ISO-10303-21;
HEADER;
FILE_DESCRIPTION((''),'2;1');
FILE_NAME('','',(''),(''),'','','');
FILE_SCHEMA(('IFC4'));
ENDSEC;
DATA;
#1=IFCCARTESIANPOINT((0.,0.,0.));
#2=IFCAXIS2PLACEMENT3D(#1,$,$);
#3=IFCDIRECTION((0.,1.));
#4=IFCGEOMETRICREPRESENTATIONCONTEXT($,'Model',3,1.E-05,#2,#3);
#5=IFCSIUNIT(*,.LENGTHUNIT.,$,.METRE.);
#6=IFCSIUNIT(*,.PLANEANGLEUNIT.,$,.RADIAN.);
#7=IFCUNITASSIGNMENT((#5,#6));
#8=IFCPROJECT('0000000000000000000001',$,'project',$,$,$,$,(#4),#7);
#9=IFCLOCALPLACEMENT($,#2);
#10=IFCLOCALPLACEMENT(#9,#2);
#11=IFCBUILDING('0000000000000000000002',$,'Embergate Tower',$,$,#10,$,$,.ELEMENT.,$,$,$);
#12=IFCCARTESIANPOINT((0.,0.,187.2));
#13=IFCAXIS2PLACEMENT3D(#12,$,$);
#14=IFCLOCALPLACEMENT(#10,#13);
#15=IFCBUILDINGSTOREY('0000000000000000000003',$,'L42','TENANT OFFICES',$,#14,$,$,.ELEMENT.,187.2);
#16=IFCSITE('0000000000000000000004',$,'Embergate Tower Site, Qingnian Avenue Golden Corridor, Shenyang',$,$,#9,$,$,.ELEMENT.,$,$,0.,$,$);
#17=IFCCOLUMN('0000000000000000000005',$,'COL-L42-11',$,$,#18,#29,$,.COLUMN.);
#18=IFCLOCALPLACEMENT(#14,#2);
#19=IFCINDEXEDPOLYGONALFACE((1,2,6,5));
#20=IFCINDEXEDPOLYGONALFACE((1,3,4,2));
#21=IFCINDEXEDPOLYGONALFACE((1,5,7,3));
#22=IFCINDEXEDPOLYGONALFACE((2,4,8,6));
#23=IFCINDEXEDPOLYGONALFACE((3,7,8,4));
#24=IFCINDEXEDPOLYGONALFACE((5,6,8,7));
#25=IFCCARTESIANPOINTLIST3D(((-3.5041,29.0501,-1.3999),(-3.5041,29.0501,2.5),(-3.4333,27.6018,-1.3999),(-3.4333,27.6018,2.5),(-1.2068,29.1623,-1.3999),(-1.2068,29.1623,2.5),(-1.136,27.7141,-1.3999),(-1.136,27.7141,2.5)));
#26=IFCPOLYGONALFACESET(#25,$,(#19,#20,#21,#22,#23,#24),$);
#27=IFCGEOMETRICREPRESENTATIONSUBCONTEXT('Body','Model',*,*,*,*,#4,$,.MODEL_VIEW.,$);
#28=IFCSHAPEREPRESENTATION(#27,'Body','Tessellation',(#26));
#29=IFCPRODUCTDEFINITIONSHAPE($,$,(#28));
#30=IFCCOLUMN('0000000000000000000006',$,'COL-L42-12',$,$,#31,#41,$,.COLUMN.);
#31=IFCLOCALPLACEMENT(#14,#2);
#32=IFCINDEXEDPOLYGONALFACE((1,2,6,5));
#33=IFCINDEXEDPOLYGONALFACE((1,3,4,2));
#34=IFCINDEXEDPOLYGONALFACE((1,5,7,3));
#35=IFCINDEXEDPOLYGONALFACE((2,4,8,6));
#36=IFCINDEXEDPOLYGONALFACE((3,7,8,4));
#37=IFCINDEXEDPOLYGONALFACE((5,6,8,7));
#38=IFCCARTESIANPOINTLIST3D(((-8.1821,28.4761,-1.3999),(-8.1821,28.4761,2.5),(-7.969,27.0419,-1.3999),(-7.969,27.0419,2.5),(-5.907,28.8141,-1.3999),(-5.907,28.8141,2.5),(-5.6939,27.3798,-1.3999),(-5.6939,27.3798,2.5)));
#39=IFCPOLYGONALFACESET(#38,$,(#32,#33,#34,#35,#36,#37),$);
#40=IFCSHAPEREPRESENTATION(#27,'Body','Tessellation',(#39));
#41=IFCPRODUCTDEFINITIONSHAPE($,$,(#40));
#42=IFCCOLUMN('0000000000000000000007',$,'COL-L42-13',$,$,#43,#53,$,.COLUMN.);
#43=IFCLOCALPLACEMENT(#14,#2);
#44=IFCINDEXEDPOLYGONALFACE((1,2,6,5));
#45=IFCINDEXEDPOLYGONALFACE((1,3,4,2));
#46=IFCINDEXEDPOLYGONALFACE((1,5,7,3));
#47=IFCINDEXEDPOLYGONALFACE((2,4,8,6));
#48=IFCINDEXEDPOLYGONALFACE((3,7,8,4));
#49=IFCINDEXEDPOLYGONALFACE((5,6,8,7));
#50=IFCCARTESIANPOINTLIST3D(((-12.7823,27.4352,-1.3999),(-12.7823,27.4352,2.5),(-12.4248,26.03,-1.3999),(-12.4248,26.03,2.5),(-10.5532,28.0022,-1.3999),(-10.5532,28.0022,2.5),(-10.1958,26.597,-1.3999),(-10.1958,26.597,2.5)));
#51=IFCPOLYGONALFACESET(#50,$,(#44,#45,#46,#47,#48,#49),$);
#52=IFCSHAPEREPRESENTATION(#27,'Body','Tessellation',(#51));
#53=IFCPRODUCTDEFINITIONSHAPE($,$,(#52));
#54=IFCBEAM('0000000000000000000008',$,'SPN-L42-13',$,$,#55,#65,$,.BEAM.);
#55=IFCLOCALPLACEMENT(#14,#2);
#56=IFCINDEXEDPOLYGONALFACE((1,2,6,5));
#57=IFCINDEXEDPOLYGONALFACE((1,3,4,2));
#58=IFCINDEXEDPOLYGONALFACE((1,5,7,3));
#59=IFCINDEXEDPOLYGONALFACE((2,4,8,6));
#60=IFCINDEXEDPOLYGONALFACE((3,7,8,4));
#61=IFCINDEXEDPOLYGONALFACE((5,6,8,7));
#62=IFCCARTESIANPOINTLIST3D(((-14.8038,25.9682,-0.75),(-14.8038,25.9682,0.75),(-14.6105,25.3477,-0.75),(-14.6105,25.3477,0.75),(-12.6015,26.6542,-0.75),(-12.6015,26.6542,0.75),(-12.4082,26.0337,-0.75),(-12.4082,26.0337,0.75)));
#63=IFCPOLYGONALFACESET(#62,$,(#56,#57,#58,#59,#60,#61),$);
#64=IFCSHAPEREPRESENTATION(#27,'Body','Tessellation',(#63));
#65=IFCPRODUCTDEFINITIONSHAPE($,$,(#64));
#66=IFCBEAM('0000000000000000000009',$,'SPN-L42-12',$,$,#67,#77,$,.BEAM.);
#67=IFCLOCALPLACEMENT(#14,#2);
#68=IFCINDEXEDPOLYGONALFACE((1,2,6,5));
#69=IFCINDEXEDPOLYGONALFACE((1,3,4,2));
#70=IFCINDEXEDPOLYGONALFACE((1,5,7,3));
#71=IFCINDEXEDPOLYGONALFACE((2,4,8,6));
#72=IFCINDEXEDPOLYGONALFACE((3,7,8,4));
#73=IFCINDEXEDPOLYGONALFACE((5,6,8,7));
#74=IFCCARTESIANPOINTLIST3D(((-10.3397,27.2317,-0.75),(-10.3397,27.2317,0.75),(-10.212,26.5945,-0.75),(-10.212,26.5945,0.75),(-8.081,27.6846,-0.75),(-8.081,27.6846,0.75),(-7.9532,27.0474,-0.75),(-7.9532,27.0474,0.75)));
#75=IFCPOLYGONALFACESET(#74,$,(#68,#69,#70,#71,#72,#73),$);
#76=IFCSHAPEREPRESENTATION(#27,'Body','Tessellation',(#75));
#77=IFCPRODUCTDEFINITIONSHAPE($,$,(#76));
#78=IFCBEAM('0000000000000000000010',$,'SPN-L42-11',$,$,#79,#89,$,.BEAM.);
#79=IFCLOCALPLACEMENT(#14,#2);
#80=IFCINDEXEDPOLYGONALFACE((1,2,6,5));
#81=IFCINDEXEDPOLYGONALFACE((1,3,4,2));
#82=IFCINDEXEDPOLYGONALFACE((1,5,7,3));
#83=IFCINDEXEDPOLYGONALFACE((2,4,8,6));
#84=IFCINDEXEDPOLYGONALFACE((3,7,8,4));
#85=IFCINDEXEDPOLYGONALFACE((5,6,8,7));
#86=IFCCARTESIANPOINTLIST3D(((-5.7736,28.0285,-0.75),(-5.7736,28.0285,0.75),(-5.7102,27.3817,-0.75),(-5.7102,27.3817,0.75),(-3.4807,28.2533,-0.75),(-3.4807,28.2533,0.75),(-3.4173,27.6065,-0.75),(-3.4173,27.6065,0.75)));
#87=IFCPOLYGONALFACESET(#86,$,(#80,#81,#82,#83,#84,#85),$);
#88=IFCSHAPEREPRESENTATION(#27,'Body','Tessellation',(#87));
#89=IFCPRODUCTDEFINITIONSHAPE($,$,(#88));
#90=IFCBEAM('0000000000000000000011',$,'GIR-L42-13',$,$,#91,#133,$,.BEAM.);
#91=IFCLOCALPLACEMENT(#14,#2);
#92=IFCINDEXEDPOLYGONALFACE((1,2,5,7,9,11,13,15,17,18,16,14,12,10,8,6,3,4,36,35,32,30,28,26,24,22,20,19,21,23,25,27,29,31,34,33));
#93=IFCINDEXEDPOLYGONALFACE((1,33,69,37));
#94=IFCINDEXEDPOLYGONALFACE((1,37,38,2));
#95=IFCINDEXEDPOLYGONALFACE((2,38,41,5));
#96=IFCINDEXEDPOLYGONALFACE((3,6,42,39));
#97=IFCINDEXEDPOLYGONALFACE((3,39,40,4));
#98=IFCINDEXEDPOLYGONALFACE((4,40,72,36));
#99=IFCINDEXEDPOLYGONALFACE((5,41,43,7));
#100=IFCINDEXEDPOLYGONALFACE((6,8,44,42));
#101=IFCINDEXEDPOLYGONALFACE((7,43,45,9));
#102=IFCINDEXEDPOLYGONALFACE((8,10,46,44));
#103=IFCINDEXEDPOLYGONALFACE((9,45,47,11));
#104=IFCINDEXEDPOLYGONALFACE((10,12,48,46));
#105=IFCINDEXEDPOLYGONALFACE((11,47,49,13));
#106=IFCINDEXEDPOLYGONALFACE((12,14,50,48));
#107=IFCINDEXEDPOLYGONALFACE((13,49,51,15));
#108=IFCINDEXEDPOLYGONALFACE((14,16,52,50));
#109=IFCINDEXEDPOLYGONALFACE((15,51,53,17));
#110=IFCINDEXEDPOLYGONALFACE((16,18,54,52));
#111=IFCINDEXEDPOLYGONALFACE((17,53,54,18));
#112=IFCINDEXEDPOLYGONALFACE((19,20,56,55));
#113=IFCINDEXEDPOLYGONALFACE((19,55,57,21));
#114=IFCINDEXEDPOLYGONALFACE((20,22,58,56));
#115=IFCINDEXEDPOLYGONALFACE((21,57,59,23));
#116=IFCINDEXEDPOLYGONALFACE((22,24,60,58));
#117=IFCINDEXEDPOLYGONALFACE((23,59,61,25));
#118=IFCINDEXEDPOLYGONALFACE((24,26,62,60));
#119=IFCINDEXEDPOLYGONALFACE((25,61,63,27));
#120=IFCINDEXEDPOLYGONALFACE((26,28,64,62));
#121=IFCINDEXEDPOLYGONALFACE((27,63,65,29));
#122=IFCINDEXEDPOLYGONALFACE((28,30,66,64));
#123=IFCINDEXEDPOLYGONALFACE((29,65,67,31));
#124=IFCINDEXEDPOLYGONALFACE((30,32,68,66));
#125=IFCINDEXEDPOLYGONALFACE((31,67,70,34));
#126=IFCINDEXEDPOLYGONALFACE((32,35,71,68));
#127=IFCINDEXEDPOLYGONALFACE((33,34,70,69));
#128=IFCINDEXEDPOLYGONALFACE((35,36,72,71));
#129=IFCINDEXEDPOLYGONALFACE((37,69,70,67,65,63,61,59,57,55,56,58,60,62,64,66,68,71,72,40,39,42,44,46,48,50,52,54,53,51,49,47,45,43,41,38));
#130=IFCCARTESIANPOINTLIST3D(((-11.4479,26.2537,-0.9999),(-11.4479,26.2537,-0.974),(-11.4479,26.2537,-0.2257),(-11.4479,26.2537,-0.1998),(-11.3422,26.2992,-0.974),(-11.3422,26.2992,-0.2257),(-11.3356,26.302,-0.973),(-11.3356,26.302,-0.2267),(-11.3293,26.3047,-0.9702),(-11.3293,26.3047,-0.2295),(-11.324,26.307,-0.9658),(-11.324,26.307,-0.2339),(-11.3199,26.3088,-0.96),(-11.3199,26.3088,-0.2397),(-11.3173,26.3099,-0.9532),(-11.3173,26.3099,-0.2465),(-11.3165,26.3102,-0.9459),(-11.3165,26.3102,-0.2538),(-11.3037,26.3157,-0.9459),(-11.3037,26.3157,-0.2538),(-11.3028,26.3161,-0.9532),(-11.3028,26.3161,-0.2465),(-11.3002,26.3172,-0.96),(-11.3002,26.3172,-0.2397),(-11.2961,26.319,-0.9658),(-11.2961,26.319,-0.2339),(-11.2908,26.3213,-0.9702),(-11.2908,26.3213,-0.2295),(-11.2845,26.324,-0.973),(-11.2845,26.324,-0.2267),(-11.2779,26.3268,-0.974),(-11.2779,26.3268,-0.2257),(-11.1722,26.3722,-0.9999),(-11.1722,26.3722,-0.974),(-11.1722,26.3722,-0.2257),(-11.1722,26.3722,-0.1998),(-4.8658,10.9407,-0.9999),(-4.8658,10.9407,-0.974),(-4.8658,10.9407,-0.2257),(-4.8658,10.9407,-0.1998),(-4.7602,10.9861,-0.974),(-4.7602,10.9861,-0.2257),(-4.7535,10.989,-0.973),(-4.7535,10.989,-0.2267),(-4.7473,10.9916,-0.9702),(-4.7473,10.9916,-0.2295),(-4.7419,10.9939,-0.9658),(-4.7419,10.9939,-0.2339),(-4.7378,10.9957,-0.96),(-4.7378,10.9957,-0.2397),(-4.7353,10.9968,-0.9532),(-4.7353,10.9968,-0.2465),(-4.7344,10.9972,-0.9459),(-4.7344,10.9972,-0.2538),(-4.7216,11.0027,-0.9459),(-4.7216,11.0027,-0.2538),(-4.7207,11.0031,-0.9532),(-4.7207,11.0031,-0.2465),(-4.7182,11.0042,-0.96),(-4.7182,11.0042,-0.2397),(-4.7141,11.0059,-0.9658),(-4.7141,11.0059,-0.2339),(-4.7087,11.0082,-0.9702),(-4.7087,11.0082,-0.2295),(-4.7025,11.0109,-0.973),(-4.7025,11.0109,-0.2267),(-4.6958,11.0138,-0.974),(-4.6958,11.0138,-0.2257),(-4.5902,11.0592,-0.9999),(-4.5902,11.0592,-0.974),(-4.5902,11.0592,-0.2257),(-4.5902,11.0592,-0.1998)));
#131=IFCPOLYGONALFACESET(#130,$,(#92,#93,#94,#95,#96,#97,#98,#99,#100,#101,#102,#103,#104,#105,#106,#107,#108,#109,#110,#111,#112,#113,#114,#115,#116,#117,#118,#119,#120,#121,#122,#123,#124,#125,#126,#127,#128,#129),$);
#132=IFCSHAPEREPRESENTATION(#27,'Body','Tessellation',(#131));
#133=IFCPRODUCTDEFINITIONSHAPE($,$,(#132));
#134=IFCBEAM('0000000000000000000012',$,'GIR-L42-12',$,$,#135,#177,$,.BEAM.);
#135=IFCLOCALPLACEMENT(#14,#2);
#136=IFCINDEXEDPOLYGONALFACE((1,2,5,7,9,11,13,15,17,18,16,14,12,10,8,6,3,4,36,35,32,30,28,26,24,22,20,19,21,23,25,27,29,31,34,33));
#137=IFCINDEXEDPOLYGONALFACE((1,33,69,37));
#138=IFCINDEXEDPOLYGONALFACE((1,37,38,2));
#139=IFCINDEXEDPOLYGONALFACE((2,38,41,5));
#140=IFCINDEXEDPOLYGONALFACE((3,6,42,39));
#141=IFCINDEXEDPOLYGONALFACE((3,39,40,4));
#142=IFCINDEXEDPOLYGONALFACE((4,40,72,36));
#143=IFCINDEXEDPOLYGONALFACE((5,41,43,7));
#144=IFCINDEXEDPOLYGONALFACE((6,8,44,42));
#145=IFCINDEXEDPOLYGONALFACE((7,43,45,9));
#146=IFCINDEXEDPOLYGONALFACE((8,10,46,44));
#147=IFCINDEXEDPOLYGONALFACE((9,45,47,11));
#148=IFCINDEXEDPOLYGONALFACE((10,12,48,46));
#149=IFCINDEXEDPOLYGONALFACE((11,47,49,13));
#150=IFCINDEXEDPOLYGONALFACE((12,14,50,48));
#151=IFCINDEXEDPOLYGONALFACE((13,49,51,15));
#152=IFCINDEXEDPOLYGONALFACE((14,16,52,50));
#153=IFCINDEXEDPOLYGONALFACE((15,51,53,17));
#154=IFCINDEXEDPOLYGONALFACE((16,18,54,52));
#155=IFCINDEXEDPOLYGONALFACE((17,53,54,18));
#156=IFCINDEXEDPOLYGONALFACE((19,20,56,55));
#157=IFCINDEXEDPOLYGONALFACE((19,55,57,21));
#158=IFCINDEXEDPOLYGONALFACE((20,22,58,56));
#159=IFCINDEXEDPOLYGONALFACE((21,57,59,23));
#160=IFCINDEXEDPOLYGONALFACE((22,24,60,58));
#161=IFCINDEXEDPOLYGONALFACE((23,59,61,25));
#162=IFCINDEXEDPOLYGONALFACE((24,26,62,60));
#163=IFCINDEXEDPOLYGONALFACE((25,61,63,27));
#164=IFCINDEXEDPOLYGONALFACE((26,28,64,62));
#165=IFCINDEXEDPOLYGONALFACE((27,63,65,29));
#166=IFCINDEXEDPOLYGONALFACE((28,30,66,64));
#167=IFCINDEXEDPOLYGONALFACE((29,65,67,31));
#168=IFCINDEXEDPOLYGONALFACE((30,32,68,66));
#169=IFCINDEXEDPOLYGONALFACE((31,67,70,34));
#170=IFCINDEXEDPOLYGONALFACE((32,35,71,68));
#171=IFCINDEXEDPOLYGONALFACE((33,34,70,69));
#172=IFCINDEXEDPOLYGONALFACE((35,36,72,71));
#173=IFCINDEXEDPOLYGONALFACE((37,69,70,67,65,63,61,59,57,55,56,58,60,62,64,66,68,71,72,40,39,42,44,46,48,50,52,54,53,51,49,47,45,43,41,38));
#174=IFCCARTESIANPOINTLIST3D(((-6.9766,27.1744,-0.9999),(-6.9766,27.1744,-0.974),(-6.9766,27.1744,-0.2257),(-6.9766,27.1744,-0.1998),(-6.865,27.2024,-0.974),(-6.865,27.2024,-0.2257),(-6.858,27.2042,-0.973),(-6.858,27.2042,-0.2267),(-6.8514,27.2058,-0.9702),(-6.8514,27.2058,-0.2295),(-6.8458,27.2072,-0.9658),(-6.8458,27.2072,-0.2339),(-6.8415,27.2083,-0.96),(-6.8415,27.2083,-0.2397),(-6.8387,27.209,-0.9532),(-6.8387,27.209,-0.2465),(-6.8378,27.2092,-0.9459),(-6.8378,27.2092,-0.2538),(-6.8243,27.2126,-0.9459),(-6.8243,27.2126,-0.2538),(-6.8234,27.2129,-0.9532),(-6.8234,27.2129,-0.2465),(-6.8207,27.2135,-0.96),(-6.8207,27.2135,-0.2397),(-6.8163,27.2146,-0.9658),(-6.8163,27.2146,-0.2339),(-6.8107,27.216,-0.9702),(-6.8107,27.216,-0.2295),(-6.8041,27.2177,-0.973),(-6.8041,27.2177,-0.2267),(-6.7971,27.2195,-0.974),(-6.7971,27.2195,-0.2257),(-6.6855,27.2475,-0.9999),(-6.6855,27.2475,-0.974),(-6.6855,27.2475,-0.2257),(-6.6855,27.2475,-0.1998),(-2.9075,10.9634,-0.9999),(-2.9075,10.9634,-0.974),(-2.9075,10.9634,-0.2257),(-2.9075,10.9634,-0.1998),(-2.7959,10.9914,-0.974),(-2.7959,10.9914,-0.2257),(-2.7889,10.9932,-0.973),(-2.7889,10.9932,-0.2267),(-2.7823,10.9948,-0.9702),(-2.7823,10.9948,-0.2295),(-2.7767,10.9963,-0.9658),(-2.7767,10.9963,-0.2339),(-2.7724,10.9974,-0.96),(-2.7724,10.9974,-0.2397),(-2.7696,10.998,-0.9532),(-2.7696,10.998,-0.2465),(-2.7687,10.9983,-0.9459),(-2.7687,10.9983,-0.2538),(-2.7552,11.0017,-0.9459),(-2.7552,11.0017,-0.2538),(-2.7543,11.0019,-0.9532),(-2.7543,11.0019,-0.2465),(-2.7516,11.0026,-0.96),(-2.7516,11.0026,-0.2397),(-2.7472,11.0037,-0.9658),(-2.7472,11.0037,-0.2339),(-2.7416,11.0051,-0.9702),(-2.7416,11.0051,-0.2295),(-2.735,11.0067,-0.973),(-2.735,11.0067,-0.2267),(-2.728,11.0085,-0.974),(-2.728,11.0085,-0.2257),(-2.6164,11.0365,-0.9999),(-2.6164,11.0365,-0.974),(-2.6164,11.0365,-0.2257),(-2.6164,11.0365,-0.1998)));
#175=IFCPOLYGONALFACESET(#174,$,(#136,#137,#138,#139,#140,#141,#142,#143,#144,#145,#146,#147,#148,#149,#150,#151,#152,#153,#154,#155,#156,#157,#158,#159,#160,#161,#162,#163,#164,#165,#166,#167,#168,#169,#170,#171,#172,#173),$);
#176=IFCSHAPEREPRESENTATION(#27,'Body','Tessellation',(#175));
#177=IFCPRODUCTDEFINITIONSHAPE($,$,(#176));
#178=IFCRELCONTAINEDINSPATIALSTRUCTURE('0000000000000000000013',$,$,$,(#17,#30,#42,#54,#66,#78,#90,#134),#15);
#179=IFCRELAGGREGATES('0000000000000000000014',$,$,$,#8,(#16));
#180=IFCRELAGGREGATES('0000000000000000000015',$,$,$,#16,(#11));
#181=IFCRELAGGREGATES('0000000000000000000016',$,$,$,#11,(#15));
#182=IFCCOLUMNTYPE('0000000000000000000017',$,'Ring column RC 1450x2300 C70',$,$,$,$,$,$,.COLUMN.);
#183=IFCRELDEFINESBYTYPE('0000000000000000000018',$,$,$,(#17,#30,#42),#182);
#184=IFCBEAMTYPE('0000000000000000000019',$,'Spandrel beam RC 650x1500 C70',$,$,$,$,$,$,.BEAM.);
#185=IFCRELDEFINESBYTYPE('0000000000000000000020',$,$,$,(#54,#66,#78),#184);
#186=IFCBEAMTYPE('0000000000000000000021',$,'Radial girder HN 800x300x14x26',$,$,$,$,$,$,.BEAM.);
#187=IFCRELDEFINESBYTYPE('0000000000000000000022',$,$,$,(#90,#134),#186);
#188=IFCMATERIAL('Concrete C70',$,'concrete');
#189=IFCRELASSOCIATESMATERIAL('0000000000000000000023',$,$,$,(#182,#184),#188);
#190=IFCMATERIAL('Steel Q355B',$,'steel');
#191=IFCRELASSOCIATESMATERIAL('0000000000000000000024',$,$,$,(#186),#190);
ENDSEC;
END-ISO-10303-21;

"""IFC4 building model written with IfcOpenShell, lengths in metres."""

from ifc_helpers import new_model, si_unit, direction, frame, origin, origin_2d, place, context, subcontext, project, spatial, rectangle, i_section, extrude, source, transform, mapped, material, material_profile, profile_set, type_object, element, save


model = new_model("IFC4")

# Units and contexts
model_context = context("Model", 3, precision=1e-05, world=origin(), true_north=direction((0.0, 1.0)))
body_context = subcontext(model_context, "Body", "Model", "MODEL_VIEW")
ifc_project = project(units=[si_unit("LENGTHUNIT", "METRE"), si_unit("PLANEANGLEUNIT", "RADIAN")], contexts=[model_context])

# Site, building, storey
site_placement = place(None, origin())
site = spatial("IfcSite", under=ifc_project, at=site_placement, Name="Embergate Tower Site, Qingnian Avenue Golden Corridor, Shenyang", CompositionType="ELEMENT", RefElevation=0.0)
building_placement = place(site_placement, origin())
building = spatial("IfcBuilding", under=site, at=building_placement, Name="Embergate Tower", CompositionType="ELEMENT")
storey_placement = place(building_placement, frame((0.0, 0.0, 187.2)))
storey = spatial("IfcBuildingStorey", under=building, at=storey_placement, Name="L42", Description="TENANT OFFICES", CompositionType="ELEMENT", Elevation=187.2)

# Columns
ifc_material_1 = material(Name="Concrete C70", Category="concrete")
ifc_material_profile_1 = material_profile(ifc_material_1, rectangle(XDim=1.45, YDim=2.3, at=origin_2d()), Name="RC 1450x2300")
ifc_profile_set_1 = profile_set([ifc_material_profile_1], Name="Concrete C70")
column_type = type_object("IfcColumnType", Name="Ring column RC 1450x2300 C70", PredefinedType="COLUMN", material=ifc_profile_set_1)
shared_shape_1 = source(origin(), body_context, "Body", "SweptSolid", [
    extrude(rectangle(XDim=1.45, YDim=2.3, at=origin_2d()), origin(), (0.0, 0.0, 1.0), 3.8999),
])
for number, where, z_axis, x_axis, name in (
    (1, (-2.3201, 28.3821, -1.3999), (0.0, 0.0, 1.0), (-0.048815, 0.998808, 0.0), "COL-L42-11"),
    (2, (-6.938, 27.928, -1.3999), (0.0, 0.0, 1.0), (-0.146929, 0.989147, 0.0), "COL-L42-12"),
    (3, (-11.489, 27.0161, -1.3999), (0.0, 0.0, 1.0), (-0.246509, 0.969141, 0.0), "COL-L42-13"),
):
    element("IfcColumn", number, at=place(storey_placement, frame(where, z_axis=z_axis, x_axis=x_axis)), inside=storey, type_object=column_type, Name=name, PredefinedType="COLUMN", context=body_context, shape_type="MappedRepresentation", body=[
        mapped(shared_shape_1, transform((0.0, 0.0, 0.0))),
    ])

# Beams
ifc_material_profile_2 = material_profile(ifc_material_1, rectangle(XDim=0.6499, YDim=1.5, at=origin_2d()), Name="RC 650x1500")
ifc_profile_set_2 = profile_set([ifc_material_profile_2], Name="Concrete C70")
beam_type_1 = type_object("IfcBeamType", Name="Spandrel beam RC 650x1500 C70", PredefinedType="BEAM", material=ifc_profile_set_2)
shared_shape_2 = source(origin(), body_context, "Body", "SweptSolid", [
    extrude(rectangle(XDim=0.6499, YDim=1.5, at=origin_2d()), origin(), (0.0, 0.0, 1.0), 2.3066),
])
beam_1_placement = place(storey_placement, frame((-12.5049, 26.344, 0.0), z_axis=(-0.954743, -0.297431, 0.0), x_axis=(0.297431, -0.954743, 0.0)))
element("IfcBeam", 4, at=beam_1_placement, inside=storey, type_object=beam_type_1, Name="SPN-L42-13", PredefinedType="BEAM", context=body_context, shape_type="MappedRepresentation", body=[
    mapped(shared_shape_2, transform((0.0, 0.0, 0.0))),
])
shared_shape_3 = source(origin(), body_context, "Body", "SweptSolid", [
    extrude(rectangle(XDim=0.6499, YDim=1.5, at=origin_2d()), origin(), (0.0, 0.0, 1.0), 2.3037),
])
beam_2_placement = place(storey_placement, frame((-8.0171, 27.366, 0.0), z_axis=(-0.980487, -0.196585, 0.0), x_axis=(0.196585, -0.980487, 0.0)))
element("IfcBeam", 5, at=beam_2_placement, inside=storey, type_object=beam_type_1, Name="SPN-L42-12", PredefinedType="BEAM", context=body_context, shape_type="MappedRepresentation", body=[
    mapped(shared_shape_3, transform((0.0, 0.0, 0.0))),
])
shared_shape_4 = source(origin(), body_context, "Body", "SweptSolid", [
    extrude(rectangle(XDim=0.6499, YDim=1.5, at=origin_2d()), origin(), (0.0, 0.0, 1.0), 2.304),
])
beam_3_placement = place(storey_placement, frame((-3.449, 27.9299, 0.0), z_axis=(-0.995226, -0.097594, 0.0), x_axis=(0.097594, -0.995226, 0.0)))
element("IfcBeam", 6, at=beam_3_placement, inside=storey, type_object=beam_type_1, Name="SPN-L42-11", PredefinedType="BEAM", context=body_context, shape_type="MappedRepresentation", body=[
    mapped(shared_shape_4, transform((0.0, 0.0, 0.0))),
])
ifc_material_2 = material(Name="Steel Q355B", Category="steel")
ifc_material_profile_3 = material_profile(ifc_material_2, i_section(OverallWidth=0.3, OverallDepth=0.8, WebThickness=0.0139, FlangeThickness=0.0259, FilletRadius=0.0281, at=origin_2d()), Name="HN 800x300x14x26")
ifc_profile_set_3 = profile_set([ifc_material_profile_3], Name="Steel Q355 grade B")
beam_type_2 = type_object("IfcBeamType", Name="Radial girder HN 800x300x14x26", PredefinedType="BEAM", material=ifc_profile_set_3)
shared_shape_5 = source(origin(), body_context, "Body", "SweptSolid", [
    extrude(i_section(OverallWidth=0.3, OverallDepth=0.8, WebThickness=0.0139, FlangeThickness=0.0259, FilletRadius=0.0281, at=origin_2d()), origin(), (0.0, 0.0, 1.0), 16.6677),
])
beam_4_placement = place(storey_placement, frame((-11.3101, 26.313, -0.5999), z_axis=(0.394898, -0.918725, 0.0), x_axis=(0.918725, 0.394898, 0.0)))
element("IfcBeam", 7, at=beam_4_placement, inside=storey, type_object=beam_type_2, Name="GIR-L42-13", PredefinedType="BEAM", context=body_context, shape_type="MappedRepresentation", body=[
    mapped(shared_shape_5, transform((0.0, 0.0, 0.0))),
])
shared_shape_6 = source(origin(), body_context, "Body", "SweptSolid", [
    extrude(i_section(OverallWidth=0.3, OverallDepth=0.8, WebThickness=0.0139, FlangeThickness=0.0259, FilletRadius=0.0281, at=origin_2d()), origin(), (0.0, 0.0, 1.0), 16.7139),
])
beam_5_placement = place(storey_placement, frame((-6.8311, 27.2109, -0.5999), z_axis=(0.243457, -0.969912, 0.0), x_axis=(0.969912, 0.243457, 0.0)))
element("IfcBeam", 8, at=beam_5_placement, inside=storey, type_object=beam_type_2, Name="GIR-L42-12", PredefinedType="BEAM", context=body_context, shape_type="MappedRepresentation", body=[
    mapped(shared_shape_6, transform((0.0, 0.0, 0.0))),
])

save(model, "model.ifc")
